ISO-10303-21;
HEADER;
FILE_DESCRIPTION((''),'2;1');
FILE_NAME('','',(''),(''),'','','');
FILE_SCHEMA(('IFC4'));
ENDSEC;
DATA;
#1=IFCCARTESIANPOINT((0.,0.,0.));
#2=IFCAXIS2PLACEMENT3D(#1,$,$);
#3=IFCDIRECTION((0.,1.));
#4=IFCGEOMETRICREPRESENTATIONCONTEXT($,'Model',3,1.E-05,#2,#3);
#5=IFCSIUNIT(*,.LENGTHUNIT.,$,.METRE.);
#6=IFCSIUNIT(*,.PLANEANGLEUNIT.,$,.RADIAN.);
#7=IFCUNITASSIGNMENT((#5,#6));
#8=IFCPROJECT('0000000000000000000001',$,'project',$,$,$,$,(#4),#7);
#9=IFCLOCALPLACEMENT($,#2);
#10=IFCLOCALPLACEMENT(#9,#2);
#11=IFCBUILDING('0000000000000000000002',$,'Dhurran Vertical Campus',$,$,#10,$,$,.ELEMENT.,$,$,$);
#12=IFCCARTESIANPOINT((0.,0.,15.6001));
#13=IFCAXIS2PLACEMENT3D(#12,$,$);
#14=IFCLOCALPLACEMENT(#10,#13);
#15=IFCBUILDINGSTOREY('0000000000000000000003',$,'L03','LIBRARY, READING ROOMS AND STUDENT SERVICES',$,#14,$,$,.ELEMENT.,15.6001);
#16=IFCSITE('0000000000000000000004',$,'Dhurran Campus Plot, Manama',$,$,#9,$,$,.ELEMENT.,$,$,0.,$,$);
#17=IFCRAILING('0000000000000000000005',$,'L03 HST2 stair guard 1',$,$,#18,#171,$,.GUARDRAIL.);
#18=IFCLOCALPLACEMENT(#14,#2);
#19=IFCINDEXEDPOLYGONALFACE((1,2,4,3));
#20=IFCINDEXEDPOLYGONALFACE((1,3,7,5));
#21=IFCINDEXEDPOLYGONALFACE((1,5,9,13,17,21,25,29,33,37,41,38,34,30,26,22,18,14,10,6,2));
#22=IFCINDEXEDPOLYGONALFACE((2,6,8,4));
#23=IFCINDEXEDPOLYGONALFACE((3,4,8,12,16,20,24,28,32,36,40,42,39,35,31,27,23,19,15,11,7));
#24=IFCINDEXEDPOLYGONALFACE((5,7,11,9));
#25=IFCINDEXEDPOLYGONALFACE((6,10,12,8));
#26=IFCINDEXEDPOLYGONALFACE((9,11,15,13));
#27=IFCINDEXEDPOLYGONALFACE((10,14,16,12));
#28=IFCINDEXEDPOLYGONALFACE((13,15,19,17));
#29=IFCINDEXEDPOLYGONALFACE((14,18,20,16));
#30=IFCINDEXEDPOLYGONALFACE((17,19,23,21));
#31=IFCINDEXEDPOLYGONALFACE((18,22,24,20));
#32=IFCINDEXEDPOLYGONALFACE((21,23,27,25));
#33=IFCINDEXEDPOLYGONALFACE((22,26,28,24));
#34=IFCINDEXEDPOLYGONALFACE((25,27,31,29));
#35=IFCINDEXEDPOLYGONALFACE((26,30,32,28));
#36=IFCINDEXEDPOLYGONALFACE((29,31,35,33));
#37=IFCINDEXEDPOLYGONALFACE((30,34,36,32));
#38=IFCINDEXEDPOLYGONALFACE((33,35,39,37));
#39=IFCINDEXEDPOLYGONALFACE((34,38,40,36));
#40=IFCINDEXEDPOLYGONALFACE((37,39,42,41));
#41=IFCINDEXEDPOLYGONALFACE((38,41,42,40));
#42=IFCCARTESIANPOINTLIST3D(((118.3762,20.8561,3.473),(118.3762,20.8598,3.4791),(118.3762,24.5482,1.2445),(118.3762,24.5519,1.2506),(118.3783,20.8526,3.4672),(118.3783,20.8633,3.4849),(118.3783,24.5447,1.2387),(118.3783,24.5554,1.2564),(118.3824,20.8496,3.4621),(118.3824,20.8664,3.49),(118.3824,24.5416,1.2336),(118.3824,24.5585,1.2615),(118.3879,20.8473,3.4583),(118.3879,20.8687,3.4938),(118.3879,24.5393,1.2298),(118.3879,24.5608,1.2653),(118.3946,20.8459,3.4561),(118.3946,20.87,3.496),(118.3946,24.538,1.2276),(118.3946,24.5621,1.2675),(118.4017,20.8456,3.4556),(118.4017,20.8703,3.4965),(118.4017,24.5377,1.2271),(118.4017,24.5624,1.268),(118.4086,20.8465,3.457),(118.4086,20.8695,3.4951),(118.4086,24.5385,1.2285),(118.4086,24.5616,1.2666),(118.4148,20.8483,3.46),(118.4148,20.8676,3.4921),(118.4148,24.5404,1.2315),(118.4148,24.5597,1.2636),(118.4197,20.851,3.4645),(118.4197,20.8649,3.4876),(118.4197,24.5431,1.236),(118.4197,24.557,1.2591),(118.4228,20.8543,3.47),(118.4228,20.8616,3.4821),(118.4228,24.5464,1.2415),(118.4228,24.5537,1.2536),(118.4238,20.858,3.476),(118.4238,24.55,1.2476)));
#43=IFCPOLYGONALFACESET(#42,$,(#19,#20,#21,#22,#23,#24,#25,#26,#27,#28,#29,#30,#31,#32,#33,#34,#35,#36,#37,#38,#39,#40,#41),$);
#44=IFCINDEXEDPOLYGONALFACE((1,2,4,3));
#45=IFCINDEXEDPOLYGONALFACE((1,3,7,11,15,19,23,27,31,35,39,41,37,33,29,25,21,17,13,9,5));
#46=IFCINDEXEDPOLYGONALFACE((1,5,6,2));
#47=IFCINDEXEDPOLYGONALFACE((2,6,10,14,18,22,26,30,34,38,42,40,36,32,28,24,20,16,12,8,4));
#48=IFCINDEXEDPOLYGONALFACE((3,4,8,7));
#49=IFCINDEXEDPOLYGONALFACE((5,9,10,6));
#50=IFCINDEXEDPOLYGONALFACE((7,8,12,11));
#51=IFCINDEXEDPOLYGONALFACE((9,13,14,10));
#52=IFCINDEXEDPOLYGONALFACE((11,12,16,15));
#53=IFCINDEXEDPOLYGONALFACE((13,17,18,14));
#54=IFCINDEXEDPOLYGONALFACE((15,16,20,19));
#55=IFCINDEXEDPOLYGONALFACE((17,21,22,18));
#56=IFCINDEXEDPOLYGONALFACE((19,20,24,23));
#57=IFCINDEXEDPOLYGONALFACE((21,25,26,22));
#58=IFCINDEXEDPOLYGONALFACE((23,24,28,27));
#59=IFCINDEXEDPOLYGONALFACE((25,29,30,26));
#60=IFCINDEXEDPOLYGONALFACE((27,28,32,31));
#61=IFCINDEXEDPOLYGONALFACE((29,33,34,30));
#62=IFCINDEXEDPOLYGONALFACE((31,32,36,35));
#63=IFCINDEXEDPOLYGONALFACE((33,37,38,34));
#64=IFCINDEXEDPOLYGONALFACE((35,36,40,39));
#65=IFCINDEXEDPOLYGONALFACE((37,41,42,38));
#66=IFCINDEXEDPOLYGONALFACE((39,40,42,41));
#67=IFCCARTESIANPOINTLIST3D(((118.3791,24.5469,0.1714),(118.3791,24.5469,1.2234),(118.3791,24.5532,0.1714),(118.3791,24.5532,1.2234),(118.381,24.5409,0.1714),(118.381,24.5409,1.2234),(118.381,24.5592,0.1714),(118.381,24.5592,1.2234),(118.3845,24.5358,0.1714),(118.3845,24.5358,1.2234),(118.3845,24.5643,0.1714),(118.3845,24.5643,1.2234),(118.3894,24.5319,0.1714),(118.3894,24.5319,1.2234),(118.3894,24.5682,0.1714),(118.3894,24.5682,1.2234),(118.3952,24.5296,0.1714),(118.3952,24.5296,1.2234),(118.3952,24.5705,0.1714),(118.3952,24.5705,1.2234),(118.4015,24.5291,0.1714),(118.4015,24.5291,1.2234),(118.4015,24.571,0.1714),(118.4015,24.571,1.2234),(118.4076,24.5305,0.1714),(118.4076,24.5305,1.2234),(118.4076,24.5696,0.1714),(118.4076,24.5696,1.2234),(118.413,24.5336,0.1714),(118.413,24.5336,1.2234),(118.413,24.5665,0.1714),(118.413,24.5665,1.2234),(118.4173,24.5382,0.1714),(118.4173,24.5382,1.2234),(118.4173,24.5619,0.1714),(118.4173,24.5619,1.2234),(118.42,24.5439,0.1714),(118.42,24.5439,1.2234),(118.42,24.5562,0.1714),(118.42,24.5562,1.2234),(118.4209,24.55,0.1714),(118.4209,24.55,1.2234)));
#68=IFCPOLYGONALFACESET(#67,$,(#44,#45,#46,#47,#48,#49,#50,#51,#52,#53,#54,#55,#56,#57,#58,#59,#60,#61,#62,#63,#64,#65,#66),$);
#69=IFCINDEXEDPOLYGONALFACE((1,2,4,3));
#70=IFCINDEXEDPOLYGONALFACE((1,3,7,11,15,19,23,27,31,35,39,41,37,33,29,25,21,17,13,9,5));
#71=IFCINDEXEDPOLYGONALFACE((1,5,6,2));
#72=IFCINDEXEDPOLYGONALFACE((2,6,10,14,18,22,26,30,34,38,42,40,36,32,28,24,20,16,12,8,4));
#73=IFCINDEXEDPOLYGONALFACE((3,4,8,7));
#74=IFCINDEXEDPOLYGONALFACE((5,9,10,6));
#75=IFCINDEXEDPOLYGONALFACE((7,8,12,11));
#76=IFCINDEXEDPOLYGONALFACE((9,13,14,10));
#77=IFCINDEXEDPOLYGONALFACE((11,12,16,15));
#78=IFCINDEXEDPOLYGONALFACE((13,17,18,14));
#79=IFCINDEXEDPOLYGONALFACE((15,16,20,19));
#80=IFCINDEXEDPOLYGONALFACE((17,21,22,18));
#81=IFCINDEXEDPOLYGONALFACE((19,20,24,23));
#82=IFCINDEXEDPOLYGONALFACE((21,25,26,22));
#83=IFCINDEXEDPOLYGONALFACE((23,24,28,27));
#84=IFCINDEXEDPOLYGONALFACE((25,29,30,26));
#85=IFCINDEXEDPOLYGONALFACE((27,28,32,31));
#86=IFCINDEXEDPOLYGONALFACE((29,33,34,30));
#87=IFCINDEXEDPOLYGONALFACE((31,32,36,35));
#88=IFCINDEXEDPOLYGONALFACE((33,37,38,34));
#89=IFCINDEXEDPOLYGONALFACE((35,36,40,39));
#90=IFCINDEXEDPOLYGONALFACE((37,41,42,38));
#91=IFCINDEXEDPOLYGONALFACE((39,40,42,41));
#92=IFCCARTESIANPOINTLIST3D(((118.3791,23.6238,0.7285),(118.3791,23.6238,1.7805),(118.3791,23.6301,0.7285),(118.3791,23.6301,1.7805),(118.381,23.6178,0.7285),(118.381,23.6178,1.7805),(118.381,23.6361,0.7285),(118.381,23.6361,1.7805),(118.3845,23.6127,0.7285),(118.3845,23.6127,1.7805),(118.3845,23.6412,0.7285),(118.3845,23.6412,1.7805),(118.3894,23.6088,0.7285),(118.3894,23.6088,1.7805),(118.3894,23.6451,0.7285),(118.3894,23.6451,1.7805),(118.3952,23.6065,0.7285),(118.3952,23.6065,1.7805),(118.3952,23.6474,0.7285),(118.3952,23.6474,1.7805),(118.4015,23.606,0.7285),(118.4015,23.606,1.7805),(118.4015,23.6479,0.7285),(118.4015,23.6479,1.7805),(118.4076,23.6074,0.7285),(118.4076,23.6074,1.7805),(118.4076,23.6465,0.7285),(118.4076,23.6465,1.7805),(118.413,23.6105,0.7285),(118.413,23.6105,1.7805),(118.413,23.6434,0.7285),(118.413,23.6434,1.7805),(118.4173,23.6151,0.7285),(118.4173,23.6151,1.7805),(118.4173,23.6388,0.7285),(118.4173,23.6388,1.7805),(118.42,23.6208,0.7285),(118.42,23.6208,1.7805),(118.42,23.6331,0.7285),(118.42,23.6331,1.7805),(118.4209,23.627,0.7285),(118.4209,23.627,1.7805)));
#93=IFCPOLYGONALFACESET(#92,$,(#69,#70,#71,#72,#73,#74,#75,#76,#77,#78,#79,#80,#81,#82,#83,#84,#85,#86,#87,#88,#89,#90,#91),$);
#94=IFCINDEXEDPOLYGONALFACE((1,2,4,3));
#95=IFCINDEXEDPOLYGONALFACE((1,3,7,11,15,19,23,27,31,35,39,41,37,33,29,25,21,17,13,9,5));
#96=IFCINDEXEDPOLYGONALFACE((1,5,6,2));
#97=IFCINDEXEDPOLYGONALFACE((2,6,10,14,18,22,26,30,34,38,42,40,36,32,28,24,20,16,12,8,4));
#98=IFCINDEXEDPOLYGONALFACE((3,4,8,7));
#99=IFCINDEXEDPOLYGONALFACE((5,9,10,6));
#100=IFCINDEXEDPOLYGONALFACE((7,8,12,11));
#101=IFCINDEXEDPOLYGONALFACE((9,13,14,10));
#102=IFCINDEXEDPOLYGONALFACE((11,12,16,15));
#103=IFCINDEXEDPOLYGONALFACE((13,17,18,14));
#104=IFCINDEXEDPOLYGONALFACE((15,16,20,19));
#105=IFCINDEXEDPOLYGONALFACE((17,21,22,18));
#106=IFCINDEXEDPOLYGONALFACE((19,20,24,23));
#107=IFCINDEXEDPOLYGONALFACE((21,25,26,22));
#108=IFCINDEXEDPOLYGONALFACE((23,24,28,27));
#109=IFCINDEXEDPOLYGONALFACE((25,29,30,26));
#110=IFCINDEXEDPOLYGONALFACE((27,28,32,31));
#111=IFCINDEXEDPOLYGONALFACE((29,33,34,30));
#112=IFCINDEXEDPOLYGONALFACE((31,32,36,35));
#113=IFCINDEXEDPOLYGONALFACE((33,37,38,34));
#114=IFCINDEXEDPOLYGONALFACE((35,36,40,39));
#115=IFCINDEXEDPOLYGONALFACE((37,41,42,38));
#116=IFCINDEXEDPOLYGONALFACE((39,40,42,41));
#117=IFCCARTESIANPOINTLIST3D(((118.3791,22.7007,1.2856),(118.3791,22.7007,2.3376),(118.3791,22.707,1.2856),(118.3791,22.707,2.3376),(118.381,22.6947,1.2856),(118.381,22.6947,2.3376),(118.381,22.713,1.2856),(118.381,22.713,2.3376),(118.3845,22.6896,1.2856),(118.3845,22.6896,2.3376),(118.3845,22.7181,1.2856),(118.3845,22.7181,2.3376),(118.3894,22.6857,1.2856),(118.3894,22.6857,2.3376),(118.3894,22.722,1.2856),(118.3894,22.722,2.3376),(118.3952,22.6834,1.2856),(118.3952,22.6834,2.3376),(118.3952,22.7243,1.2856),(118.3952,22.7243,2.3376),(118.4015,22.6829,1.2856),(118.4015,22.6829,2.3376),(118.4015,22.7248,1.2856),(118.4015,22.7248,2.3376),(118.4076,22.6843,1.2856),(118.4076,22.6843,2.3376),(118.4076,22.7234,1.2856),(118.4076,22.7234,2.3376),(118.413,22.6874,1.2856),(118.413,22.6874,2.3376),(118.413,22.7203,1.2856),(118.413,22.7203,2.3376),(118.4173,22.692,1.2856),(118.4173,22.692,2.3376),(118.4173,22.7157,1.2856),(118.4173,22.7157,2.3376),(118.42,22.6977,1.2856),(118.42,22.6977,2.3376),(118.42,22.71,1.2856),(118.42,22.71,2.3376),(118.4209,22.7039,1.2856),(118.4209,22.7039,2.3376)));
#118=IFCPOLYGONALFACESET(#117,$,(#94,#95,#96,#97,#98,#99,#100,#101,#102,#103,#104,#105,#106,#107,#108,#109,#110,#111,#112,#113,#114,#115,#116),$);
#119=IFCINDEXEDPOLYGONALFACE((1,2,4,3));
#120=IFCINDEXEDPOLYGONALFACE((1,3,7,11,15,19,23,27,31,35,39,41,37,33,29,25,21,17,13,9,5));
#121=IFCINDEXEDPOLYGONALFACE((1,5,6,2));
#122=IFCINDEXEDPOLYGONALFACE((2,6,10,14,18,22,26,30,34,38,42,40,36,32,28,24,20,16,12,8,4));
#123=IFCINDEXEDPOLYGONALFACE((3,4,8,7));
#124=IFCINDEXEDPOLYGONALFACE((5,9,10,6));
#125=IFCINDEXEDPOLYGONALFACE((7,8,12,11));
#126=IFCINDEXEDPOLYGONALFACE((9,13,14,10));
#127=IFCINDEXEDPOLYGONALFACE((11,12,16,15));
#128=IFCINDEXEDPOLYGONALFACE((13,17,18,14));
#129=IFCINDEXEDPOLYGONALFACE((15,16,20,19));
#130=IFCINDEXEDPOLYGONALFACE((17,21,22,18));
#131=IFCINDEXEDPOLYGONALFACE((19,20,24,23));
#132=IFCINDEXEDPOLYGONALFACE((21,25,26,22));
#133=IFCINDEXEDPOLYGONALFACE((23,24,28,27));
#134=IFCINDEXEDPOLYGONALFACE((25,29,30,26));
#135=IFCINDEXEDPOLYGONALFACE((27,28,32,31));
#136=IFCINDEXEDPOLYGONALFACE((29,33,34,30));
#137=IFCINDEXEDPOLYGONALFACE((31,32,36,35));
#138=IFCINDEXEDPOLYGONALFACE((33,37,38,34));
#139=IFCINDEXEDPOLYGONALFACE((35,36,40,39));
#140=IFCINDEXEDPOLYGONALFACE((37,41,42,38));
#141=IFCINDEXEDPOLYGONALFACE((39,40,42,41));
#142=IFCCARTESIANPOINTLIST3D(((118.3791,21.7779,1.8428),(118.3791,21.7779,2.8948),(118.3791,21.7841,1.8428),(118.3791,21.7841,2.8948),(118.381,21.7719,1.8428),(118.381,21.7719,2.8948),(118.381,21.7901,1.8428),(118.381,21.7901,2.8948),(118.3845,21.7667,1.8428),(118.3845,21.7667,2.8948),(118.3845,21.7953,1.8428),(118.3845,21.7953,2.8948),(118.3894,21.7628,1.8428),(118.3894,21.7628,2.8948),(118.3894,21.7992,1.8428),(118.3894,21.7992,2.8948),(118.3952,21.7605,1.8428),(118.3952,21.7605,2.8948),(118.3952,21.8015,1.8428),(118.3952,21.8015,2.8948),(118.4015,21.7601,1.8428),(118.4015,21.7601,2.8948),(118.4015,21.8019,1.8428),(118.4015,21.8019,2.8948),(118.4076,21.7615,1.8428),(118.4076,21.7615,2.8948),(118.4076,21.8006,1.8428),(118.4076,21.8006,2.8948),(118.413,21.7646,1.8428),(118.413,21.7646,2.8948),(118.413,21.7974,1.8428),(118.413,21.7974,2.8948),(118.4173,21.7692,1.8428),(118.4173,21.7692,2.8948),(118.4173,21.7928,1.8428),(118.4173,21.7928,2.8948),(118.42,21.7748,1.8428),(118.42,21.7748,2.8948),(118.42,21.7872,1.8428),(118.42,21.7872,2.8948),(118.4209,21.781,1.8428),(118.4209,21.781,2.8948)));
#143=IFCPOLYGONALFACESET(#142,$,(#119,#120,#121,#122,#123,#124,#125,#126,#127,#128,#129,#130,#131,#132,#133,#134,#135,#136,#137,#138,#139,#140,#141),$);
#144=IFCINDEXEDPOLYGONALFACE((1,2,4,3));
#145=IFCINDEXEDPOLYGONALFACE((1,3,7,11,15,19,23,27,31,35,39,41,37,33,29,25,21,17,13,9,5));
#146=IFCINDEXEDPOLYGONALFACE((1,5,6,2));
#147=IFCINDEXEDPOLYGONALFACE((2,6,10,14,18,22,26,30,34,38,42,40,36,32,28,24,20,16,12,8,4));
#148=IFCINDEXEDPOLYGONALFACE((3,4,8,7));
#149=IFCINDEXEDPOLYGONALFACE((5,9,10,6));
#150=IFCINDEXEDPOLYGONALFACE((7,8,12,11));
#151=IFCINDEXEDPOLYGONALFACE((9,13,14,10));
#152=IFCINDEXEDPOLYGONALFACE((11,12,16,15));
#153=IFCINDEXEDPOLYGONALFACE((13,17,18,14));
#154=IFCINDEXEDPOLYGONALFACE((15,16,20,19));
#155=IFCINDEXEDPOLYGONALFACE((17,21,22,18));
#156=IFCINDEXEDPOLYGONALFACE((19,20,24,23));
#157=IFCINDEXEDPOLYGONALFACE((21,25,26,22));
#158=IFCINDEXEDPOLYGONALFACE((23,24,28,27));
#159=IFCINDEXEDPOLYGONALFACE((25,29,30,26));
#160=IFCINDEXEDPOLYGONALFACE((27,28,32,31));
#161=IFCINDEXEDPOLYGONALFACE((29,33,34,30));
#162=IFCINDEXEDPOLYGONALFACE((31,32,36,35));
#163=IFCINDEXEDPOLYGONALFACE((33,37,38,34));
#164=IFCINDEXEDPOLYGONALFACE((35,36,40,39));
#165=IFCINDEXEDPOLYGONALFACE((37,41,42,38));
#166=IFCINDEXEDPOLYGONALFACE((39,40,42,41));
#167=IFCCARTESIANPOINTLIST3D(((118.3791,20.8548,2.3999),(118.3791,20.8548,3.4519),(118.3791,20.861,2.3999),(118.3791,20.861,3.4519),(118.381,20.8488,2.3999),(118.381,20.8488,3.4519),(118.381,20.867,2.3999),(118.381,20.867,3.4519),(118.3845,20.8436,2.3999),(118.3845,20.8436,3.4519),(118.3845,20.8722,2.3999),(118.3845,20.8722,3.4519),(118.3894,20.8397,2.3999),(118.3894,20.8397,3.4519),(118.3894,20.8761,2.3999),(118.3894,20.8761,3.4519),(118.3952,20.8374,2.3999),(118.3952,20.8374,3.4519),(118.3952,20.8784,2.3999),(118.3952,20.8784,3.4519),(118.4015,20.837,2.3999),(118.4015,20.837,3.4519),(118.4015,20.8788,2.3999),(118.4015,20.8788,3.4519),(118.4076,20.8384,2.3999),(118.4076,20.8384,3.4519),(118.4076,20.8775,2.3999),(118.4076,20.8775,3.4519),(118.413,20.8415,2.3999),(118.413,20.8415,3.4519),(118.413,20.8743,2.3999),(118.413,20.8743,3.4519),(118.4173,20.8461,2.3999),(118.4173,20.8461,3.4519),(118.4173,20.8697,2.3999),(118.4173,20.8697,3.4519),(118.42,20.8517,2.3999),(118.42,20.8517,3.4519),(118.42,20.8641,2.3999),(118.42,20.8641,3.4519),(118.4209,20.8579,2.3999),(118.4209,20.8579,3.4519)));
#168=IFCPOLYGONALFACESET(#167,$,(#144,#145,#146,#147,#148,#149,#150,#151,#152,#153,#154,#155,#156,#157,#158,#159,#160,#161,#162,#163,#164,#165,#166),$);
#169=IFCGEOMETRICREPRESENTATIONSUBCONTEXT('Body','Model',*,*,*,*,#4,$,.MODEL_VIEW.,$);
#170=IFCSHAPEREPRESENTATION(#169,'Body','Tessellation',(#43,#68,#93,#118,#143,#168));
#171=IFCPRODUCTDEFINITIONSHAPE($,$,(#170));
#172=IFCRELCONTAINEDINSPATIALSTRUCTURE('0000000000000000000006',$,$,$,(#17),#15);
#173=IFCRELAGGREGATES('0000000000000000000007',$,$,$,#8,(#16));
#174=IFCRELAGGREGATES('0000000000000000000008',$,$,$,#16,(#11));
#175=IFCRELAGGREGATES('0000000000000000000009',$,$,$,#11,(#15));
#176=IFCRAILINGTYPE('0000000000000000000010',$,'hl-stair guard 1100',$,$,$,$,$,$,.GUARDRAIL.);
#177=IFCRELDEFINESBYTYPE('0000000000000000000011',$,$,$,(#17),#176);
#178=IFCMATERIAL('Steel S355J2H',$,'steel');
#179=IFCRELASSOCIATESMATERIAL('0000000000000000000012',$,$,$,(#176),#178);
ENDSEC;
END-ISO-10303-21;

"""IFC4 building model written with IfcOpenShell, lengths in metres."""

from ifc_helpers import new_model, si_unit, direction, frame, origin, origin_2d, place, context, subcontext, project, spatial, circle, extrude, material, type_object, element, save


model = new_model("IFC4")

# Units and contexts
model_context = context("Model", 3, precision=1e-05, world=origin(), true_north=direction((0.0, 1.0)))
body_context = subcontext(model_context, "Body", "Model", "MODEL_VIEW")
ifc_project = project(units=[si_unit("LENGTHUNIT", "METRE"), si_unit("PLANEANGLEUNIT", "RADIAN")], contexts=[model_context])

# Site, building, storey
site_placement = place(None, origin())
site = spatial("IfcSite", under=ifc_project, at=site_placement, Name="Dhurran Campus Plot, Manama", CompositionType="ELEMENT", RefElevation=0.0)
building_placement = place(site_placement, origin())
building = spatial("IfcBuilding", under=site, at=building_placement, Name="Dhurran Vertical Campus", CompositionType="ELEMENT")
storey_placement = place(building_placement, frame((0.0, 0.0, 15.6001)))
storey = spatial("IfcBuildingStorey", under=building, at=storey_placement, Name="L03", Description="LIBRARY, READING ROOMS AND STUDENT SERVICES", CompositionType="ELEMENT", Elevation=15.6001)

# Railing
ifc_material_1 = material(Name="Steel S355J2H", Category="steel")
railing_type_1 = type_object("IfcRailingType", Name="hl-stair guard 1100", PredefinedType="GUARDRAIL", material=ifc_material_1)
railing_1_placement = place(storey_placement, frame((118.3999, 24.55, 0.1714)))
element("IfcRailing", 1, at=railing_1_placement, inside=storey, type_object=railing_type_1, Name="L03 HST2 stair guard 1", PredefinedType="GUARDRAIL", context=body_context, shape_type="SweptSolid", body=[
    extrude(circle(Radius=0.0239, at=origin_2d()), frame((0.0, 0.0, 1.0762), z_axis=(0.0, -0.856136, 0.51675), x_axis=(1.0, 0.0, 0.0)), (0.0, 0.0, 1.0), 4.3125),
    extrude(circle(Radius=0.021, at=origin_2d()), origin(), (0.0, 0.0, 1.0), 1.052),
    extrude(circle(Radius=0.021, at=origin_2d()), frame((0.0, -0.9231, 0.5571)), (0.0, 0.0, 1.0), 1.052),
    extrude(circle(Radius=0.021, at=origin_2d()), frame((0.0, -1.8462, 1.1143)), (0.0, 0.0, 1.0), 1.052),
    extrude(circle(Radius=0.021, at=origin_2d()), frame((0.0, -2.769, 1.6714)), (0.0, 0.0, 1.0), 1.052),
    extrude(circle(Radius=0.021, at=origin_2d()), frame((0.0, -3.6921, 2.2285)), (0.0, 0.0, 1.0), 1.052),
])

save(model, "model.ifc")
